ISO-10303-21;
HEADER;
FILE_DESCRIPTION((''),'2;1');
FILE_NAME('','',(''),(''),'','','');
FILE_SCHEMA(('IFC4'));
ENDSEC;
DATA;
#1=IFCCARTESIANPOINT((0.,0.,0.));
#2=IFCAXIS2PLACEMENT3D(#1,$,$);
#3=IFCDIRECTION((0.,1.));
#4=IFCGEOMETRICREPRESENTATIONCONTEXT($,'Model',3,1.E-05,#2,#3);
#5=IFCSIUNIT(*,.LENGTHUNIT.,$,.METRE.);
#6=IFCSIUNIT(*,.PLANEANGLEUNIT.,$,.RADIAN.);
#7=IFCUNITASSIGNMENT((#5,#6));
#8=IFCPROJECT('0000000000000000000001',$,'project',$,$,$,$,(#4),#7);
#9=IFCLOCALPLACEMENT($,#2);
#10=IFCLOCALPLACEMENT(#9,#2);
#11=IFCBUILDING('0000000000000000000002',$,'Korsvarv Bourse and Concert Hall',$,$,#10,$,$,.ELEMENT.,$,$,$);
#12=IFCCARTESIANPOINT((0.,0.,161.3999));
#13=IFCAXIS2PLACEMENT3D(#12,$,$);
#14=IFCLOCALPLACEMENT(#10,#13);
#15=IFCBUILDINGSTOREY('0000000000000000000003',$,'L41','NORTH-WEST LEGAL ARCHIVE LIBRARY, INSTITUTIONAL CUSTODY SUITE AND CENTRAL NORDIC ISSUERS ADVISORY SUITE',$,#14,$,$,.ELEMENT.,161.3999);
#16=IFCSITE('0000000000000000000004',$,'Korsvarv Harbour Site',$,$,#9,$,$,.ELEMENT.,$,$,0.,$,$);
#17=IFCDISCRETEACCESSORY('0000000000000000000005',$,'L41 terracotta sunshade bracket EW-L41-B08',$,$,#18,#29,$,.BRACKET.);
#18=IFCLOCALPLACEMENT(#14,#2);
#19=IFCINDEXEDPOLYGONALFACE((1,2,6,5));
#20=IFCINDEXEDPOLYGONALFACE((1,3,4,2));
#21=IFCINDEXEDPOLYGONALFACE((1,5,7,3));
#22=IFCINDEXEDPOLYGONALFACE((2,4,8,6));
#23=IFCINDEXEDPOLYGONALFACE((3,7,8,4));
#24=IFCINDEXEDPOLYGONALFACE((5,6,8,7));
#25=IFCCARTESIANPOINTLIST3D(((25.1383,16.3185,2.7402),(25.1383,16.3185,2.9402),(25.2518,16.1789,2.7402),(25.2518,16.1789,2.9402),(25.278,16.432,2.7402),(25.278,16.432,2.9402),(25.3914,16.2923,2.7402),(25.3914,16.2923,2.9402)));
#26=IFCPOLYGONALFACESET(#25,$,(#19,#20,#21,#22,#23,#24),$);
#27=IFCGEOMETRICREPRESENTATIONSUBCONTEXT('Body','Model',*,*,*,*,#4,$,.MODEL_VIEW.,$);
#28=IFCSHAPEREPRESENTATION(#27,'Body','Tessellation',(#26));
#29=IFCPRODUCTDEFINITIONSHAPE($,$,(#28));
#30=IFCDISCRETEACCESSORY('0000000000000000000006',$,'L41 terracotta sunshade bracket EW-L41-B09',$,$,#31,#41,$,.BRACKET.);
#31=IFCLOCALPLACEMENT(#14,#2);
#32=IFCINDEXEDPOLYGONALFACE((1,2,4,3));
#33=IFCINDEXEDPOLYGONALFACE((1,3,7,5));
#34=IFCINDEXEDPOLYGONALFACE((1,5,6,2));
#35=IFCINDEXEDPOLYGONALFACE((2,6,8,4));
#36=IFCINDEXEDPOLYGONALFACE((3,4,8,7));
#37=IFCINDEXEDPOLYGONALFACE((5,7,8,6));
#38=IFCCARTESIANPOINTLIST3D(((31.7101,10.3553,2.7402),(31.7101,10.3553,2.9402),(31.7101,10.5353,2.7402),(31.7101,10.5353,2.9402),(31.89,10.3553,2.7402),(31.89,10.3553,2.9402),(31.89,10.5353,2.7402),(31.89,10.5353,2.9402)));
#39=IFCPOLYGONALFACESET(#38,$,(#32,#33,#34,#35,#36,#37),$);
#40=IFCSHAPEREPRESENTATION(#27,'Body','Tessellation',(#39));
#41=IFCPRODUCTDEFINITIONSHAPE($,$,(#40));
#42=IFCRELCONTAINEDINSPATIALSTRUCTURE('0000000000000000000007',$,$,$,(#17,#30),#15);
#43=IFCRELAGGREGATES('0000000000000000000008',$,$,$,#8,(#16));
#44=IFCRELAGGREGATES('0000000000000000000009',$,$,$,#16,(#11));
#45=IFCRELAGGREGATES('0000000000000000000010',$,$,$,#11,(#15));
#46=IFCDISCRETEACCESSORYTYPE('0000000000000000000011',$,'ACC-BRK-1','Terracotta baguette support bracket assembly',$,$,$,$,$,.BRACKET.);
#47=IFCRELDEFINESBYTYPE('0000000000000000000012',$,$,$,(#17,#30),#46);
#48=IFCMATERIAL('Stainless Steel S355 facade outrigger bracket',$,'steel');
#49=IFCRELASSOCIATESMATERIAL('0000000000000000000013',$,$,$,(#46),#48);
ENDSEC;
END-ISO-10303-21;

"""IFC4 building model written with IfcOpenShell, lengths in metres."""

from ifc_helpers import new_model, si_unit, direction, frame, origin, origin_2d, place, context, subcontext, project, spatial, rectangle, extrude, source, transform, mapped, material, type_object, element, save


model = new_model("IFC4")

# Units and contexts
model_context = context("Model", 3, precision=1e-05, world=origin(), true_north=direction((0.0, 1.0)))
body_context = subcontext(model_context, "Body", "Model", "MODEL_VIEW")
ifc_project = project(units=[si_unit("LENGTHUNIT", "METRE"), si_unit("PLANEANGLEUNIT", "RADIAN")], contexts=[model_context])

# Site, building, storey
site_placement = place(None, origin())
site = spatial("IfcSite", under=ifc_project, at=site_placement, Name="Korsvarv Harbour Site", CompositionType="ELEMENT", RefElevation=0.0)
building_placement = place(site_placement, origin())
building = spatial("IfcBuilding", under=site, at=building_placement, Name="Korsvarv Bourse and Concert Hall", CompositionType="ELEMENT")
storey_placement = place(building_placement, frame((0.0, 0.0, 161.3999)))
storey = spatial("IfcBuildingStorey", under=building, at=storey_placement, Name="L41", Description="NORTH-WEST LEGAL ARCHIVE LIBRARY, INSTITUTIONAL CUSTODY SUITE AND CENTRAL NORDIC ISSUERS ADVISORY SUITE", CompositionType="ELEMENT", Elevation=161.3999)

# Discrete accessories
ifc_material_1 = material(Name="Stainless Steel S355 facade outrigger bracket", Category="steel")
discrete_accessory_type = type_object("IfcDiscreteAccessoryType", Name="ACC-BRK-1", Description="Terracotta baguette support bracket assembly", PredefinedType="BRACKET", material=ifc_material_1)
shared_shape_1 = source(origin(), body_context, "Body", "SweptSolid", [
    extrude(rectangle(XDim=0.1799, YDim=0.1799, at=origin_2d()), origin(), (0.0, 0.0, 1.0), 0.2),
])
for number, where, z_axis, x_axis, name in (
    (1, (25.2649, 16.3054, 2.7402), (0.0, 0.0, 1.0), (0.630676, -0.776046, 0.0), "L41 terracotta sunshade bracket EW-L41-B08"),
    (2, (31.8, 10.4453, 2.7402), (0.0, 0.0, 1.0), (1.0, 0.0, 0.0), "L41 terracotta sunshade bracket EW-L41-B09"),
):
    element("IfcDiscreteAccessory", number, at=place(storey_placement, frame(where, z_axis=z_axis, x_axis=x_axis)), inside=storey, type_object=discrete_accessory_type, Name=name, PredefinedType="BRACKET", context=body_context, shape_type="MappedRepresentation", body=[
        mapped(shared_shape_1, transform((0.0, 0.0, 0.0), scale=1.0)),
    ])

save(model, "model.ifc")
